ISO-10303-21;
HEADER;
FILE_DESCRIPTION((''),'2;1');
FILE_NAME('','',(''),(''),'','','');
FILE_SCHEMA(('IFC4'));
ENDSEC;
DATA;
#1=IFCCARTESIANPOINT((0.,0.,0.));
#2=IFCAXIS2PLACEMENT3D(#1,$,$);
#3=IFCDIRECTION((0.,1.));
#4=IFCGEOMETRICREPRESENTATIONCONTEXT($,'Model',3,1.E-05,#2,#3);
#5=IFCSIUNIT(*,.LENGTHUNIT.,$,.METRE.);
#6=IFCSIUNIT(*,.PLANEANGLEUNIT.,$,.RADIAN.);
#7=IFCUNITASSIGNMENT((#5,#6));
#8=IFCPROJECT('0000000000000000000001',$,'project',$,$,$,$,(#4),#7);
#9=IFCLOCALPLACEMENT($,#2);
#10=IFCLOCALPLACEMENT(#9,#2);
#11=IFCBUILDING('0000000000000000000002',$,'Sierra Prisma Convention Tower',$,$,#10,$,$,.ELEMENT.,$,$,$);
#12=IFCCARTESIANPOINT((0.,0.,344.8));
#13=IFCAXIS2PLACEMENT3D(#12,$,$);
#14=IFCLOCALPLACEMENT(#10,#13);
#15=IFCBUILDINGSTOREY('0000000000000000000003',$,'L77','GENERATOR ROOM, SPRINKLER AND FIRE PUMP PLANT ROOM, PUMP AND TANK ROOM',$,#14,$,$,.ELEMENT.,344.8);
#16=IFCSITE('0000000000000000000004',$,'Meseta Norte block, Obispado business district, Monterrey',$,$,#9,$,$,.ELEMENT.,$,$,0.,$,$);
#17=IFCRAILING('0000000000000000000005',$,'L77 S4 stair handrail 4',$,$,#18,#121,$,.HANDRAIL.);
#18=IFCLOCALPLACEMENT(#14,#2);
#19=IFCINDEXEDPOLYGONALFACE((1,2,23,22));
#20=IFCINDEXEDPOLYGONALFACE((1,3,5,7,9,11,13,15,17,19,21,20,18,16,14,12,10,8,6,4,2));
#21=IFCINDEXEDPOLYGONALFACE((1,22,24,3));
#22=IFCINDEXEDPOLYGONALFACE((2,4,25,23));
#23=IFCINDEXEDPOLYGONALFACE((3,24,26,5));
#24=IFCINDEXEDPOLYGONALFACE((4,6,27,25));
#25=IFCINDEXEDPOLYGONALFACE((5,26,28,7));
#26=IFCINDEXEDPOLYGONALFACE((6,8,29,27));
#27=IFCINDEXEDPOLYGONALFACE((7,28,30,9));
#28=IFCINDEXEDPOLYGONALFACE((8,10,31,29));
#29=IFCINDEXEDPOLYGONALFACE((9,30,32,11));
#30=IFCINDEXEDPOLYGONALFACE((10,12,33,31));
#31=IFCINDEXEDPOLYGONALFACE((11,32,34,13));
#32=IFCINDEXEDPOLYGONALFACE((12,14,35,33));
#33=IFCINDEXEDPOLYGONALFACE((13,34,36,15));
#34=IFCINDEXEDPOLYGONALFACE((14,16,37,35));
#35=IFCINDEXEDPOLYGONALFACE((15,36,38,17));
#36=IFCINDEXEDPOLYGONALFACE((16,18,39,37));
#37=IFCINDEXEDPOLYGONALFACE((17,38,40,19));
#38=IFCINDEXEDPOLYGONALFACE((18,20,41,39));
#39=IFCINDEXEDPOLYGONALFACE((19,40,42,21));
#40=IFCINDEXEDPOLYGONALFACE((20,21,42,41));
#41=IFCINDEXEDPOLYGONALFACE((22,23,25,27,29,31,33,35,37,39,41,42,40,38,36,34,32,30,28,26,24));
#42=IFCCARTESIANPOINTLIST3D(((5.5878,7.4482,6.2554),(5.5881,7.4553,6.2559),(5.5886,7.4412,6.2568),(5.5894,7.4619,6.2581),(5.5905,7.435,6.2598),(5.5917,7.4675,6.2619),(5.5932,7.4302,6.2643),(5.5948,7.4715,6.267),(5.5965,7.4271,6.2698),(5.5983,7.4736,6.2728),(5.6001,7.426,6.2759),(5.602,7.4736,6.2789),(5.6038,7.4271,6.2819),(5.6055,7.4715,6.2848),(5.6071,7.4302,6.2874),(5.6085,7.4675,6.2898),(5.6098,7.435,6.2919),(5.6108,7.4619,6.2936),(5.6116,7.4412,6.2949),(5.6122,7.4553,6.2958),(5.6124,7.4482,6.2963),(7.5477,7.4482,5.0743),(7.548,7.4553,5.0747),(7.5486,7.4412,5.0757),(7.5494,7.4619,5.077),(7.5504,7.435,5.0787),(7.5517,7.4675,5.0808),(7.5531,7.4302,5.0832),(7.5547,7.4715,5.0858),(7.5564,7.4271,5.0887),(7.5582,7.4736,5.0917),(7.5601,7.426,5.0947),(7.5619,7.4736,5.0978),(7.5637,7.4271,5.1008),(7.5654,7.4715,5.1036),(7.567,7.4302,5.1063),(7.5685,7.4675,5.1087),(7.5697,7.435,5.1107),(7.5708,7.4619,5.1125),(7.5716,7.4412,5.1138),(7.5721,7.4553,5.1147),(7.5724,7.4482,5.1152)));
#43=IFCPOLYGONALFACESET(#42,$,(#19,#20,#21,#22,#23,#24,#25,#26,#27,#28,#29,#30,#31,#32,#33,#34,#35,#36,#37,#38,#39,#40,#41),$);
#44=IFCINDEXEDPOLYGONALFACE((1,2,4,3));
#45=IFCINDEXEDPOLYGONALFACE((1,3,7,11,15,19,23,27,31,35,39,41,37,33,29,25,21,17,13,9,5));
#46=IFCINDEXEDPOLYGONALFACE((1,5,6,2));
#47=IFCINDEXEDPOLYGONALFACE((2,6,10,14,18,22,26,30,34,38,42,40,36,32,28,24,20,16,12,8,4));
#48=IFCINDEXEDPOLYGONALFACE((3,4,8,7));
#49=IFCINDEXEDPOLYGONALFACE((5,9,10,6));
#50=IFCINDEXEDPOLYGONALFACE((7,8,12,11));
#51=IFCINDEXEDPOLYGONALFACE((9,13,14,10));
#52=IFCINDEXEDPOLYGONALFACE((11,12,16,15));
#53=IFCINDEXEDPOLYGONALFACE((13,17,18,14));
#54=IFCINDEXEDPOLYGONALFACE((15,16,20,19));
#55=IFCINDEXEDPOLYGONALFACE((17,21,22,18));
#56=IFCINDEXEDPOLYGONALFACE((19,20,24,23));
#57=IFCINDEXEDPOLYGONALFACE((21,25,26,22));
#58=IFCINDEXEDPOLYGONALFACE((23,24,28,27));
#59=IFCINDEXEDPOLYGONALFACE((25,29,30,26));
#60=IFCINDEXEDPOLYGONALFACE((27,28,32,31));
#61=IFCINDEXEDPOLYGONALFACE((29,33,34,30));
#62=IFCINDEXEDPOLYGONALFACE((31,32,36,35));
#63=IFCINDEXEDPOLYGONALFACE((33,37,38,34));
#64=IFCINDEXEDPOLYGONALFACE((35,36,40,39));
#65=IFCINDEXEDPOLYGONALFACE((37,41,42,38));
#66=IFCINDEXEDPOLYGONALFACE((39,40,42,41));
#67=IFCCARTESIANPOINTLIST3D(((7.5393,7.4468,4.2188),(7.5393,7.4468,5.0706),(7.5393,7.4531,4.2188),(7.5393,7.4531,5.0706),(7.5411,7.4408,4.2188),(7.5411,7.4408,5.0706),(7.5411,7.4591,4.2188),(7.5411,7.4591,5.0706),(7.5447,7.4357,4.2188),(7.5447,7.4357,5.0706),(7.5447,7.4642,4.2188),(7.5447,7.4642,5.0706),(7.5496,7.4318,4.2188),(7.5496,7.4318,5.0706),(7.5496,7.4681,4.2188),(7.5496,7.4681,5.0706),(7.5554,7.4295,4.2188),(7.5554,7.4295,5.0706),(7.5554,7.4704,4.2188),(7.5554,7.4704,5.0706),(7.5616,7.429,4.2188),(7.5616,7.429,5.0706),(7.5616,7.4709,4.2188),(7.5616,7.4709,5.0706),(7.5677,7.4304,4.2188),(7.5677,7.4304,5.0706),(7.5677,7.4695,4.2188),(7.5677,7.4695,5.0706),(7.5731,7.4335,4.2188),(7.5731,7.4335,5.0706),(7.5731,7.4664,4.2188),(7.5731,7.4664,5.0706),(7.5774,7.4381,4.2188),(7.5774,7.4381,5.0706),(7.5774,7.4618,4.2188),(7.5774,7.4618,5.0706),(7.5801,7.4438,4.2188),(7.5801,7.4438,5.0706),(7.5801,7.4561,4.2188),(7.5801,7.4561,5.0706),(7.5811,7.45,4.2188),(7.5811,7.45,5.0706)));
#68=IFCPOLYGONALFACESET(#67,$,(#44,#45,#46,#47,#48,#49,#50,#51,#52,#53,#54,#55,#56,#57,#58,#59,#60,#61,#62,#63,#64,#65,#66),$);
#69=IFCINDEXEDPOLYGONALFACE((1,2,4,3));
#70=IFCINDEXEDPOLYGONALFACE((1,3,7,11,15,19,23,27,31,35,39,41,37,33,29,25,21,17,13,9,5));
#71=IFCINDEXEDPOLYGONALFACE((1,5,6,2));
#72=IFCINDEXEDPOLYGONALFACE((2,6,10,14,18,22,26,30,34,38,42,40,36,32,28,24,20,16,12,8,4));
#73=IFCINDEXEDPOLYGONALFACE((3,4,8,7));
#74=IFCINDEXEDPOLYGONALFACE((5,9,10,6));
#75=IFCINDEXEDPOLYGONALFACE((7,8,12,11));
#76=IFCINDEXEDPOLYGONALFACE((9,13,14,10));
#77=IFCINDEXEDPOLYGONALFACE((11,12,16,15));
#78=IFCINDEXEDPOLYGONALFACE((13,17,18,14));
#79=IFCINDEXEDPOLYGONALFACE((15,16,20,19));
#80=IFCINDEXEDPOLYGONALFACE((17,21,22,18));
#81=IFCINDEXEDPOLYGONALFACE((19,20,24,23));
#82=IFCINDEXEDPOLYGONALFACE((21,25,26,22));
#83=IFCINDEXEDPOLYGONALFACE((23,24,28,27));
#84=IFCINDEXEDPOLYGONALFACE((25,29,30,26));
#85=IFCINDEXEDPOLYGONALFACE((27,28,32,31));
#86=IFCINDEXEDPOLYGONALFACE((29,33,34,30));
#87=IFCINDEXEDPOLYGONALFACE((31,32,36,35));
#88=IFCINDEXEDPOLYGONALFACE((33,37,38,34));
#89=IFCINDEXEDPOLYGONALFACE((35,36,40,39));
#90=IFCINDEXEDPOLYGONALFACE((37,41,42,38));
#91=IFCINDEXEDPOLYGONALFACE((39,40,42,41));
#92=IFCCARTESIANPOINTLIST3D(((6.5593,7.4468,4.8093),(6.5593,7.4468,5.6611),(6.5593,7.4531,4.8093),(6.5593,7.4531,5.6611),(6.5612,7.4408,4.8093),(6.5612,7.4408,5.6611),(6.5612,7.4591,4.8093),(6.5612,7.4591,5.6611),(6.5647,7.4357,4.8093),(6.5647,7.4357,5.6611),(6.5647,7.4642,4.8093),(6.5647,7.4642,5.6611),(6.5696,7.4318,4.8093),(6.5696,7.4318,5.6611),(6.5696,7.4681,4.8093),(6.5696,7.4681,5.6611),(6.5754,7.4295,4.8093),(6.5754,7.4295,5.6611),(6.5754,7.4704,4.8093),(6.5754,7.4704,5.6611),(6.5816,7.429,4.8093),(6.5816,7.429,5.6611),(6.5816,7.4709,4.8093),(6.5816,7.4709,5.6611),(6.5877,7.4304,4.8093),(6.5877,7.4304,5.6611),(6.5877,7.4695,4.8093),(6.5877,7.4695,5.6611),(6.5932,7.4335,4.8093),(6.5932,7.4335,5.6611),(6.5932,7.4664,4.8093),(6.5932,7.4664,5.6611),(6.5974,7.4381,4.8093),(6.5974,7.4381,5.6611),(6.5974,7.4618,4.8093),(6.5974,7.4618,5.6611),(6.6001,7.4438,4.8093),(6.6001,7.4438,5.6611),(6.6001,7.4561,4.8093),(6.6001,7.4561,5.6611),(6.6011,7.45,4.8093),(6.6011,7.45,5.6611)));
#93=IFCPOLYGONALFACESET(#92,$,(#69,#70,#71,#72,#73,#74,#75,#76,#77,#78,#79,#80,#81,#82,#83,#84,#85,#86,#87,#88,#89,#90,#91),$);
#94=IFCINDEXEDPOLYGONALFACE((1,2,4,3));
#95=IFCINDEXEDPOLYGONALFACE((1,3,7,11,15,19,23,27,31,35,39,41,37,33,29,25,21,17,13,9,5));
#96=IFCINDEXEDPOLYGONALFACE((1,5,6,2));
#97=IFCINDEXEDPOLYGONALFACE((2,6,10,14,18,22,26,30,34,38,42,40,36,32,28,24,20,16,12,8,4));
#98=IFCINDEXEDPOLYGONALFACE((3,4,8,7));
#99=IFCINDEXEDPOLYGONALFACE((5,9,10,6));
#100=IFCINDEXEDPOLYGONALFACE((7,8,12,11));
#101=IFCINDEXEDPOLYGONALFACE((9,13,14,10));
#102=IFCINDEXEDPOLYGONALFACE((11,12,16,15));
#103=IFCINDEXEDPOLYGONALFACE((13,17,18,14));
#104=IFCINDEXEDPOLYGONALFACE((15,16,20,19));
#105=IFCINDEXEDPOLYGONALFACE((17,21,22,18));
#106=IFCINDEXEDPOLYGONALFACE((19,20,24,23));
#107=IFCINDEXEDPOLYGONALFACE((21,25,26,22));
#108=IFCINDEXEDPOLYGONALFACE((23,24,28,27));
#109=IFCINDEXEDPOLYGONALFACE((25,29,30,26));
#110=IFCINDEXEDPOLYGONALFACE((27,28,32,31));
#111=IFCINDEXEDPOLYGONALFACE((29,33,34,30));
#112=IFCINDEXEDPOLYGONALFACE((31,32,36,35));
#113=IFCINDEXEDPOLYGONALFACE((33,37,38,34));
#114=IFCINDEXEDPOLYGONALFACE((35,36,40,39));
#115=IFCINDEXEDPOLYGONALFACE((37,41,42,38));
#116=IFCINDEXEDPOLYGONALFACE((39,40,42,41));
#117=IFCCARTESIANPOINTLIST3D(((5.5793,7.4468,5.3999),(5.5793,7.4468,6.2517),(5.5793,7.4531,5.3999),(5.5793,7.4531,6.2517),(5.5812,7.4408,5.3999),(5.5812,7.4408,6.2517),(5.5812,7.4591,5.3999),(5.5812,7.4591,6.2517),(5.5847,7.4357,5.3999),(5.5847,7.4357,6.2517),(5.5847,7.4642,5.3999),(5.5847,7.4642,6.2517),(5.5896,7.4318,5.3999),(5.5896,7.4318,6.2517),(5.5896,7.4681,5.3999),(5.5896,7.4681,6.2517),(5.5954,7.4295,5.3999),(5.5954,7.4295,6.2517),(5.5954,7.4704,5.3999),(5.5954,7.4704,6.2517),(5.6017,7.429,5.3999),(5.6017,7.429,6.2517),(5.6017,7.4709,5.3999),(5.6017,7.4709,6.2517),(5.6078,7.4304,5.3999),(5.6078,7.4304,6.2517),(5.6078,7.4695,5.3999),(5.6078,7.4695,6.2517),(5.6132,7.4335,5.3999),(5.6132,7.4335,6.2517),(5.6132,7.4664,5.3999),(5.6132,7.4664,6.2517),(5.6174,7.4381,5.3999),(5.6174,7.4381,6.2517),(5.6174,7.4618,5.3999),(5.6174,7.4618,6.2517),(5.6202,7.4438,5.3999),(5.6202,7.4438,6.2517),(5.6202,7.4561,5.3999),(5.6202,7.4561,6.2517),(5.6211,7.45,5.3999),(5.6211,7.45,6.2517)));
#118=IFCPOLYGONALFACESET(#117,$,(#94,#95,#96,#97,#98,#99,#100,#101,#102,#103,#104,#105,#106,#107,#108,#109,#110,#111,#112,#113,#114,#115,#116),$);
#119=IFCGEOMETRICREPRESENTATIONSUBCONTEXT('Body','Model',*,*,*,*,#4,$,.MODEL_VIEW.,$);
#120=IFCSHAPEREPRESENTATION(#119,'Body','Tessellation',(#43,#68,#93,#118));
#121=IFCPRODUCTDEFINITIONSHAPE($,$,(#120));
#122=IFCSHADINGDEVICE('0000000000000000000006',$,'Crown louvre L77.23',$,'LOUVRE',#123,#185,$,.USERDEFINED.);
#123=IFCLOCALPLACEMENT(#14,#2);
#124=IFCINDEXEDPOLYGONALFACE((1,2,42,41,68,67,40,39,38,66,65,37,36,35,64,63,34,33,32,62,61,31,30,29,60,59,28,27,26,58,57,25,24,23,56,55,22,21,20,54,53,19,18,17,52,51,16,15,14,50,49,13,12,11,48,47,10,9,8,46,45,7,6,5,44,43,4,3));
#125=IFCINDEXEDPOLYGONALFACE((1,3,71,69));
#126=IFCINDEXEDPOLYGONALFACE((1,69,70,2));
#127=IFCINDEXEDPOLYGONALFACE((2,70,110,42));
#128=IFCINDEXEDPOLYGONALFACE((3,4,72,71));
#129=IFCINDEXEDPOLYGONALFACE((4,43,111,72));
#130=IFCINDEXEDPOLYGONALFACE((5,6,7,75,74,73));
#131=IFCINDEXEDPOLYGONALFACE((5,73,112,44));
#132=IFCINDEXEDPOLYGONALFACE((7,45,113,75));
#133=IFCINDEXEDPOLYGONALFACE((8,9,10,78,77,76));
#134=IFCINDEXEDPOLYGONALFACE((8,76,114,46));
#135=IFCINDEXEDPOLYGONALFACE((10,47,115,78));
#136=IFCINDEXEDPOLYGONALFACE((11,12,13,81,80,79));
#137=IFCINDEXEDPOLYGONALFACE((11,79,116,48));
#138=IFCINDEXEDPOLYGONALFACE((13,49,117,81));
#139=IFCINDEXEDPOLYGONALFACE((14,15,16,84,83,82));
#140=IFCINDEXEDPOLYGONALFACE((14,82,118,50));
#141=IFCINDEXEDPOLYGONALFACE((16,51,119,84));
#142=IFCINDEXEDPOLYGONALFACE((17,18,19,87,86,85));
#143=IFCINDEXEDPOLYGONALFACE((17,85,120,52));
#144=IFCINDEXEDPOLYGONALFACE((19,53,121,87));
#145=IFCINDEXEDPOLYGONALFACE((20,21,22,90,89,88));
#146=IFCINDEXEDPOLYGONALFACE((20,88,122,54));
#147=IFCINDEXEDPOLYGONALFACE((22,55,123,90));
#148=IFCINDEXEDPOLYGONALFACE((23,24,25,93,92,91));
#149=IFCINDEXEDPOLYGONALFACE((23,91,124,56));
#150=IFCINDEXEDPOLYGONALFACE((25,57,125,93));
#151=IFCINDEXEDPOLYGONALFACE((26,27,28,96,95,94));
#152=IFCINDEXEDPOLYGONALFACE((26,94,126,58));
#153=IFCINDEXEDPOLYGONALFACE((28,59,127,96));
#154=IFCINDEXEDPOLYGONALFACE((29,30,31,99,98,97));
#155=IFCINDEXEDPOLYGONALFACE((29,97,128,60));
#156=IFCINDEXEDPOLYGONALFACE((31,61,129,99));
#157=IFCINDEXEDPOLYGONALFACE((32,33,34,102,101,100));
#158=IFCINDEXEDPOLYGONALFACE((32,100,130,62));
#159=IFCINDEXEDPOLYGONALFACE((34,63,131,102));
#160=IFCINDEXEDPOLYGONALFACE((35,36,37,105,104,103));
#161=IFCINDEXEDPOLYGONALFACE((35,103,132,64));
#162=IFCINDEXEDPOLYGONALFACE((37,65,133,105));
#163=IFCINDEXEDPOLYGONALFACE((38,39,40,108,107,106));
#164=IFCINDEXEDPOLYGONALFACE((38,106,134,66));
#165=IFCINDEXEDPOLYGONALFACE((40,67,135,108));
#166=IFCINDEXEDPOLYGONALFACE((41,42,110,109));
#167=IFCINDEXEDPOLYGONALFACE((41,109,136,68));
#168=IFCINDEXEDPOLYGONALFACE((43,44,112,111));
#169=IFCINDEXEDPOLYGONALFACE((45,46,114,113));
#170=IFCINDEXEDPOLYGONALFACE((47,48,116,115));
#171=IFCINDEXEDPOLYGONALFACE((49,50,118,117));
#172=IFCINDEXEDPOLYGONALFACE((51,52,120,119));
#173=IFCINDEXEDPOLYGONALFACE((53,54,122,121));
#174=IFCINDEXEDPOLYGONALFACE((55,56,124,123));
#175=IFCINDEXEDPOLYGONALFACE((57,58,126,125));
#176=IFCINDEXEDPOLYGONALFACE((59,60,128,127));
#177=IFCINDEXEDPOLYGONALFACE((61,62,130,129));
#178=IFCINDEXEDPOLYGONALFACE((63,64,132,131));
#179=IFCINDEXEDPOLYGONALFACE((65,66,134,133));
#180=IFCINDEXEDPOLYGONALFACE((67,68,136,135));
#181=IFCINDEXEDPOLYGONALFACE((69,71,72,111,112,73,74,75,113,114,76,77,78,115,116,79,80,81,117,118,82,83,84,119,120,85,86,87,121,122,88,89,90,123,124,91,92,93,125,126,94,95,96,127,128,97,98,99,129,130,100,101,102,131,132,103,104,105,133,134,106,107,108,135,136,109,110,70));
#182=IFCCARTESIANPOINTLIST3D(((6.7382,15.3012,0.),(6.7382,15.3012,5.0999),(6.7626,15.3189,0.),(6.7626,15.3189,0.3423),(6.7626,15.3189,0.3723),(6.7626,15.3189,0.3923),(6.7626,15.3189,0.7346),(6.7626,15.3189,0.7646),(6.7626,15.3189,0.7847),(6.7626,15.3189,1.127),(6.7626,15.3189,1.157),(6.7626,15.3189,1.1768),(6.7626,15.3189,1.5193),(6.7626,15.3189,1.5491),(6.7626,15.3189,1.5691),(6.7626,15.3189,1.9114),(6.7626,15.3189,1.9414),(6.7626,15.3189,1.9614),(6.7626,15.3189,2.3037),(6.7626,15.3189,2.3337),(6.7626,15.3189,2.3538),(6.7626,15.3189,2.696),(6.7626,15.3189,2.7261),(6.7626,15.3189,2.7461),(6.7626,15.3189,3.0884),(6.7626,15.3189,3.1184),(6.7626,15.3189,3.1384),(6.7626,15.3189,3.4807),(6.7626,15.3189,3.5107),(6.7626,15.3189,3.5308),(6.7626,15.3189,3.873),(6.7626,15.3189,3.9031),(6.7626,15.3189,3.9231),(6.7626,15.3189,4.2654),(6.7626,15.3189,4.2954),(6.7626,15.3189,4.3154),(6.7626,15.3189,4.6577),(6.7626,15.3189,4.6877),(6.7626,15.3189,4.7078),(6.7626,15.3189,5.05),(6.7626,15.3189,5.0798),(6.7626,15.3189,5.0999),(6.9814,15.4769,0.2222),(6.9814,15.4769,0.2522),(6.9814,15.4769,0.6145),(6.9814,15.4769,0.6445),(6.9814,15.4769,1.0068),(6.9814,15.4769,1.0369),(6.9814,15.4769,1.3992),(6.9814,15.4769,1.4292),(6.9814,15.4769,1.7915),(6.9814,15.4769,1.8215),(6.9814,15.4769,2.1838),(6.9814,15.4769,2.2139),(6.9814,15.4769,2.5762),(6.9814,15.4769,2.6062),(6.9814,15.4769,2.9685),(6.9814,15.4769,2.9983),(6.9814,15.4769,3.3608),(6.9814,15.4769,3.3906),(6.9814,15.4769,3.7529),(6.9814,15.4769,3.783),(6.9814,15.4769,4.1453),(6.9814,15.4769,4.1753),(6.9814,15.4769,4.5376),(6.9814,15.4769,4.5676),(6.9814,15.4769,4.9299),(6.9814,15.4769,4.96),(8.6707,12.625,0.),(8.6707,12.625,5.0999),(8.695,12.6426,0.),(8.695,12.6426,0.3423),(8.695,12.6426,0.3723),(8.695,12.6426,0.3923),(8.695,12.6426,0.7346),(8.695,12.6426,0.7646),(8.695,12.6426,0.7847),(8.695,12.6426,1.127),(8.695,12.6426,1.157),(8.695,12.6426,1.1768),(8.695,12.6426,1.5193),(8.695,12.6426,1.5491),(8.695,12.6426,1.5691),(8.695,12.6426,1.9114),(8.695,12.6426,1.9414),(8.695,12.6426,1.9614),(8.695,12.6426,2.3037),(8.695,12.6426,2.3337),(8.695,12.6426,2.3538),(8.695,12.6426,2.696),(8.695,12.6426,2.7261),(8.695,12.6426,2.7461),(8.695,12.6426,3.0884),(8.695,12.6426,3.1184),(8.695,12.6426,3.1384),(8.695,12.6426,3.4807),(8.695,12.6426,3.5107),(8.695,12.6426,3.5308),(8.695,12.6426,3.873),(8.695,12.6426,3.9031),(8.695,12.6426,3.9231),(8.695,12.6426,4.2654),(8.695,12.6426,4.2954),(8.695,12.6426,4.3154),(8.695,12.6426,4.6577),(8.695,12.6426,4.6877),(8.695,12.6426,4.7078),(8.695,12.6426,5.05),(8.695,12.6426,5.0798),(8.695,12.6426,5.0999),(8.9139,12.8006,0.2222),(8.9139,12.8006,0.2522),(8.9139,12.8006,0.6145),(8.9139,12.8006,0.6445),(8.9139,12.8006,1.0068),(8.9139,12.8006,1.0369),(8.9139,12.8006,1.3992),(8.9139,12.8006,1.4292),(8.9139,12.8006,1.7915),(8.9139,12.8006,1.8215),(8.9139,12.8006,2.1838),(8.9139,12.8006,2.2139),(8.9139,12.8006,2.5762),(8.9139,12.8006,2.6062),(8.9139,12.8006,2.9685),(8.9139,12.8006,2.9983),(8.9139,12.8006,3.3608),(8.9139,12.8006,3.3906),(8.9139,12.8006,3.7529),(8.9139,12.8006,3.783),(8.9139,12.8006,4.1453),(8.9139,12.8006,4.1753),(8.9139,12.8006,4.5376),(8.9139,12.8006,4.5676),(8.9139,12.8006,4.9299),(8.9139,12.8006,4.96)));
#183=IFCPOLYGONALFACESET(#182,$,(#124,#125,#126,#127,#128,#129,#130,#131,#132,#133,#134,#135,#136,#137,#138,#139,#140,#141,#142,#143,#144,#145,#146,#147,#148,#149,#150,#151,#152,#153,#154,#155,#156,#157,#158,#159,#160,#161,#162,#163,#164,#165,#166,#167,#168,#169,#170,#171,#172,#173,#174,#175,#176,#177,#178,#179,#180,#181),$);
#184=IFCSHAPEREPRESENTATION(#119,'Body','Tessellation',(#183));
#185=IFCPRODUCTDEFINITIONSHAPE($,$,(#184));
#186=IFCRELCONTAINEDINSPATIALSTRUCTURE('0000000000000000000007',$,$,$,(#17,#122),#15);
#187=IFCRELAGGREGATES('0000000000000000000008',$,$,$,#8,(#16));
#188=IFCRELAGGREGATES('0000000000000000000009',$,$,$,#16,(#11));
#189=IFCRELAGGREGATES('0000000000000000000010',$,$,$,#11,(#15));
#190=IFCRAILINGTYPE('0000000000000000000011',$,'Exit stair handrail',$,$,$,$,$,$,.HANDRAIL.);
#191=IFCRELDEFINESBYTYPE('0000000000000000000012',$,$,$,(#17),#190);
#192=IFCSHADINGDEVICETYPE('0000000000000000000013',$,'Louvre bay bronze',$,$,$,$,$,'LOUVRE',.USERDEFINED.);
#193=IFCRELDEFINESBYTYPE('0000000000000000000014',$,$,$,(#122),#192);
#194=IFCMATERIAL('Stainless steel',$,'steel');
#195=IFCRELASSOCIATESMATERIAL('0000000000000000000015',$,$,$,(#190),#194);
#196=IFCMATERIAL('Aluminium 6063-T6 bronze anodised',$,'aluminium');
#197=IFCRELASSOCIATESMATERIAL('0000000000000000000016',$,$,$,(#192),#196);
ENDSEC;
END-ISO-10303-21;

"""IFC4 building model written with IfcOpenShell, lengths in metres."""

from ifc_helpers import new_model, si_unit, direction, frame, origin, origin_2d, place, context, subcontext, project, spatial, polyline, circle, outline, extrude, material, type_object, element, save


model = new_model("IFC4")

# Units and contexts
model_context = context("Model", 3, precision=1e-05, world=origin(), true_north=direction((0.0, 1.0)))
body_context = subcontext(model_context, "Body", "Model", "MODEL_VIEW")
ifc_project = project(units=[si_unit("LENGTHUNIT", "METRE"), si_unit("PLANEANGLEUNIT", "RADIAN")], contexts=[model_context])

# Site, building, storey
site_placement = place(None, origin())
site = spatial("IfcSite", under=ifc_project, at=site_placement, Name="Meseta Norte block, Obispado business district, Monterrey", CompositionType="ELEMENT", RefElevation=0.0)
building_placement = place(site_placement, origin())
building = spatial("IfcBuilding", under=site, at=building_placement, Name="Sierra Prisma Convention Tower", CompositionType="ELEMENT")
storey_placement = place(building_placement, frame((0.0, 0.0, 344.8)))
storey = spatial("IfcBuildingStorey", under=building, at=storey_placement, Name="L77", Description="GENERATOR ROOM, SPRINKLER AND FIRE PUMP PLANT ROOM, PUMP AND TANK ROOM", CompositionType="ELEMENT", Elevation=344.8)

# Railing
ifc_material_1 = material(Name="Stainless steel", Category="steel")
railing_type_1 = type_object("IfcRailingType", Name="Exit stair handrail", PredefinedType="HANDRAIL", material=ifc_material_1)
for number, where, name in (
    (1, (7.5601, 7.45, 4.2188), "L77 S4 stair handrail 4"),
):
    element("IfcRailing", number, at=place(storey_placement, frame(where)), inside=storey, type_object=railing_type_1, Name=name, PredefinedType="HANDRAIL", context=body_context, shape_type="SweptSolid", body=[
        extrude(circle(Radius=0.0239, at=origin_2d()), frame((0.0, 0.0, 0.876), z_axis=(-0.856493, 0.0, 0.516158), x_axis=(0.0, -1.0, 0.0)), (0.0, 0.0, 1.0), 2.2883),
        extrude(circle(Radius=0.021, at=origin_2d()), origin(), (0.0, 0.0, 1.0), 0.8518),
        extrude(circle(Radius=0.021, at=origin_2d()), frame((-0.98, 0.0, 0.5906)), (0.0, 0.0, 1.0), 0.8518),
        extrude(circle(Radius=0.021, at=origin_2d()), frame((-1.96, 0.0, 1.1812)), (0.0, 0.0, 1.0), 0.8518),
    ])

# Shading device
ifc_material_2 = material(Name="Aluminium 6063-T6 bronze anodised", Category="aluminium")
shading_device_type = type_object("IfcShadingDeviceType", Name="Louvre bay bronze", ElementType="LOUVRE", PredefinedType="USERDEFINED", material=ifc_material_2)
shading_device_1_placement = place(storey_placement, frame((8.6707, 12.625, 0.0), z_axis=(0.585419, -0.810731, 0.0), x_axis=(0.0, 0.0, 1.0)))
element("IfcShadingDevice", 2, at=shading_device_1_placement, inside=storey, type_object=shading_device_type, Name="Crown louvre L77.23", ObjectType="LOUVRE", PredefinedType="USERDEFINED", context=body_context, shape_type="SweptSolid", body=[
    extrude(outline(polyline([(0.0, 0.0), (5.0999, 0.0), (5.0999, -0.0301), (5.0798, -0.0301), (4.96, -0.3), (4.9299, -0.3), (5.05, -0.0301), (4.7078, -0.0301), (4.6877, -0.0301), (4.5676, -0.3), (4.5376, -0.3), (4.6577, -0.0301), (4.3154, -0.0301), (4.2954, -0.0301), (4.1753, -0.3), (4.1453, -0.3), (4.2654, -0.0301), (3.9231, -0.0301), (3.9031, -0.0301), (3.783, -0.3), (3.7529, -0.3), (3.873, -0.0301), (3.5308, -0.0301), (3.5107, -0.0301), (3.3906, -0.3), (3.3608, -0.3), (3.4807, -0.0301), (3.1384, -0.0301), (3.1184, -0.0301), (2.9983, -0.3), (2.9685, -0.3), (3.0884, -0.0301), (2.7461, -0.0301), (2.7261, -0.0301), (2.6062, -0.3), (2.5762, -0.3), (2.696, -0.0301), (2.3538, -0.0301), (2.3337, -0.0301), (2.2139, -0.3), (2.1838, -0.3), (2.3037, -0.0301), (1.9614, -0.0301), (1.9414, -0.0301), (1.8215, -0.3), (1.7915, -0.3), (1.9114, -0.0301), (1.5691, -0.0301), (1.5491, -0.0301), (1.4292, -0.3), (1.3992, -0.3), (1.5193, -0.0301), (1.1768, -0.0301), (1.157, -0.0301), (1.0369, -0.3), (1.0068, -0.3), (1.127, -0.0301), (0.7847, -0.0301), (0.7646, -0.0301), (0.6445, -0.3), (0.6145, -0.3), (0.7346, -0.0301), (0.3923, -0.0301), (0.3723, -0.0301), (0.2522, -0.3), (0.2222, -0.3), (0.3423, -0.0301), (0.0, -0.0301), (0.0, 0.0)])), origin(), (0.0, 0.0, -1.0), 3.301),
])

save(model, "model.ifc")
